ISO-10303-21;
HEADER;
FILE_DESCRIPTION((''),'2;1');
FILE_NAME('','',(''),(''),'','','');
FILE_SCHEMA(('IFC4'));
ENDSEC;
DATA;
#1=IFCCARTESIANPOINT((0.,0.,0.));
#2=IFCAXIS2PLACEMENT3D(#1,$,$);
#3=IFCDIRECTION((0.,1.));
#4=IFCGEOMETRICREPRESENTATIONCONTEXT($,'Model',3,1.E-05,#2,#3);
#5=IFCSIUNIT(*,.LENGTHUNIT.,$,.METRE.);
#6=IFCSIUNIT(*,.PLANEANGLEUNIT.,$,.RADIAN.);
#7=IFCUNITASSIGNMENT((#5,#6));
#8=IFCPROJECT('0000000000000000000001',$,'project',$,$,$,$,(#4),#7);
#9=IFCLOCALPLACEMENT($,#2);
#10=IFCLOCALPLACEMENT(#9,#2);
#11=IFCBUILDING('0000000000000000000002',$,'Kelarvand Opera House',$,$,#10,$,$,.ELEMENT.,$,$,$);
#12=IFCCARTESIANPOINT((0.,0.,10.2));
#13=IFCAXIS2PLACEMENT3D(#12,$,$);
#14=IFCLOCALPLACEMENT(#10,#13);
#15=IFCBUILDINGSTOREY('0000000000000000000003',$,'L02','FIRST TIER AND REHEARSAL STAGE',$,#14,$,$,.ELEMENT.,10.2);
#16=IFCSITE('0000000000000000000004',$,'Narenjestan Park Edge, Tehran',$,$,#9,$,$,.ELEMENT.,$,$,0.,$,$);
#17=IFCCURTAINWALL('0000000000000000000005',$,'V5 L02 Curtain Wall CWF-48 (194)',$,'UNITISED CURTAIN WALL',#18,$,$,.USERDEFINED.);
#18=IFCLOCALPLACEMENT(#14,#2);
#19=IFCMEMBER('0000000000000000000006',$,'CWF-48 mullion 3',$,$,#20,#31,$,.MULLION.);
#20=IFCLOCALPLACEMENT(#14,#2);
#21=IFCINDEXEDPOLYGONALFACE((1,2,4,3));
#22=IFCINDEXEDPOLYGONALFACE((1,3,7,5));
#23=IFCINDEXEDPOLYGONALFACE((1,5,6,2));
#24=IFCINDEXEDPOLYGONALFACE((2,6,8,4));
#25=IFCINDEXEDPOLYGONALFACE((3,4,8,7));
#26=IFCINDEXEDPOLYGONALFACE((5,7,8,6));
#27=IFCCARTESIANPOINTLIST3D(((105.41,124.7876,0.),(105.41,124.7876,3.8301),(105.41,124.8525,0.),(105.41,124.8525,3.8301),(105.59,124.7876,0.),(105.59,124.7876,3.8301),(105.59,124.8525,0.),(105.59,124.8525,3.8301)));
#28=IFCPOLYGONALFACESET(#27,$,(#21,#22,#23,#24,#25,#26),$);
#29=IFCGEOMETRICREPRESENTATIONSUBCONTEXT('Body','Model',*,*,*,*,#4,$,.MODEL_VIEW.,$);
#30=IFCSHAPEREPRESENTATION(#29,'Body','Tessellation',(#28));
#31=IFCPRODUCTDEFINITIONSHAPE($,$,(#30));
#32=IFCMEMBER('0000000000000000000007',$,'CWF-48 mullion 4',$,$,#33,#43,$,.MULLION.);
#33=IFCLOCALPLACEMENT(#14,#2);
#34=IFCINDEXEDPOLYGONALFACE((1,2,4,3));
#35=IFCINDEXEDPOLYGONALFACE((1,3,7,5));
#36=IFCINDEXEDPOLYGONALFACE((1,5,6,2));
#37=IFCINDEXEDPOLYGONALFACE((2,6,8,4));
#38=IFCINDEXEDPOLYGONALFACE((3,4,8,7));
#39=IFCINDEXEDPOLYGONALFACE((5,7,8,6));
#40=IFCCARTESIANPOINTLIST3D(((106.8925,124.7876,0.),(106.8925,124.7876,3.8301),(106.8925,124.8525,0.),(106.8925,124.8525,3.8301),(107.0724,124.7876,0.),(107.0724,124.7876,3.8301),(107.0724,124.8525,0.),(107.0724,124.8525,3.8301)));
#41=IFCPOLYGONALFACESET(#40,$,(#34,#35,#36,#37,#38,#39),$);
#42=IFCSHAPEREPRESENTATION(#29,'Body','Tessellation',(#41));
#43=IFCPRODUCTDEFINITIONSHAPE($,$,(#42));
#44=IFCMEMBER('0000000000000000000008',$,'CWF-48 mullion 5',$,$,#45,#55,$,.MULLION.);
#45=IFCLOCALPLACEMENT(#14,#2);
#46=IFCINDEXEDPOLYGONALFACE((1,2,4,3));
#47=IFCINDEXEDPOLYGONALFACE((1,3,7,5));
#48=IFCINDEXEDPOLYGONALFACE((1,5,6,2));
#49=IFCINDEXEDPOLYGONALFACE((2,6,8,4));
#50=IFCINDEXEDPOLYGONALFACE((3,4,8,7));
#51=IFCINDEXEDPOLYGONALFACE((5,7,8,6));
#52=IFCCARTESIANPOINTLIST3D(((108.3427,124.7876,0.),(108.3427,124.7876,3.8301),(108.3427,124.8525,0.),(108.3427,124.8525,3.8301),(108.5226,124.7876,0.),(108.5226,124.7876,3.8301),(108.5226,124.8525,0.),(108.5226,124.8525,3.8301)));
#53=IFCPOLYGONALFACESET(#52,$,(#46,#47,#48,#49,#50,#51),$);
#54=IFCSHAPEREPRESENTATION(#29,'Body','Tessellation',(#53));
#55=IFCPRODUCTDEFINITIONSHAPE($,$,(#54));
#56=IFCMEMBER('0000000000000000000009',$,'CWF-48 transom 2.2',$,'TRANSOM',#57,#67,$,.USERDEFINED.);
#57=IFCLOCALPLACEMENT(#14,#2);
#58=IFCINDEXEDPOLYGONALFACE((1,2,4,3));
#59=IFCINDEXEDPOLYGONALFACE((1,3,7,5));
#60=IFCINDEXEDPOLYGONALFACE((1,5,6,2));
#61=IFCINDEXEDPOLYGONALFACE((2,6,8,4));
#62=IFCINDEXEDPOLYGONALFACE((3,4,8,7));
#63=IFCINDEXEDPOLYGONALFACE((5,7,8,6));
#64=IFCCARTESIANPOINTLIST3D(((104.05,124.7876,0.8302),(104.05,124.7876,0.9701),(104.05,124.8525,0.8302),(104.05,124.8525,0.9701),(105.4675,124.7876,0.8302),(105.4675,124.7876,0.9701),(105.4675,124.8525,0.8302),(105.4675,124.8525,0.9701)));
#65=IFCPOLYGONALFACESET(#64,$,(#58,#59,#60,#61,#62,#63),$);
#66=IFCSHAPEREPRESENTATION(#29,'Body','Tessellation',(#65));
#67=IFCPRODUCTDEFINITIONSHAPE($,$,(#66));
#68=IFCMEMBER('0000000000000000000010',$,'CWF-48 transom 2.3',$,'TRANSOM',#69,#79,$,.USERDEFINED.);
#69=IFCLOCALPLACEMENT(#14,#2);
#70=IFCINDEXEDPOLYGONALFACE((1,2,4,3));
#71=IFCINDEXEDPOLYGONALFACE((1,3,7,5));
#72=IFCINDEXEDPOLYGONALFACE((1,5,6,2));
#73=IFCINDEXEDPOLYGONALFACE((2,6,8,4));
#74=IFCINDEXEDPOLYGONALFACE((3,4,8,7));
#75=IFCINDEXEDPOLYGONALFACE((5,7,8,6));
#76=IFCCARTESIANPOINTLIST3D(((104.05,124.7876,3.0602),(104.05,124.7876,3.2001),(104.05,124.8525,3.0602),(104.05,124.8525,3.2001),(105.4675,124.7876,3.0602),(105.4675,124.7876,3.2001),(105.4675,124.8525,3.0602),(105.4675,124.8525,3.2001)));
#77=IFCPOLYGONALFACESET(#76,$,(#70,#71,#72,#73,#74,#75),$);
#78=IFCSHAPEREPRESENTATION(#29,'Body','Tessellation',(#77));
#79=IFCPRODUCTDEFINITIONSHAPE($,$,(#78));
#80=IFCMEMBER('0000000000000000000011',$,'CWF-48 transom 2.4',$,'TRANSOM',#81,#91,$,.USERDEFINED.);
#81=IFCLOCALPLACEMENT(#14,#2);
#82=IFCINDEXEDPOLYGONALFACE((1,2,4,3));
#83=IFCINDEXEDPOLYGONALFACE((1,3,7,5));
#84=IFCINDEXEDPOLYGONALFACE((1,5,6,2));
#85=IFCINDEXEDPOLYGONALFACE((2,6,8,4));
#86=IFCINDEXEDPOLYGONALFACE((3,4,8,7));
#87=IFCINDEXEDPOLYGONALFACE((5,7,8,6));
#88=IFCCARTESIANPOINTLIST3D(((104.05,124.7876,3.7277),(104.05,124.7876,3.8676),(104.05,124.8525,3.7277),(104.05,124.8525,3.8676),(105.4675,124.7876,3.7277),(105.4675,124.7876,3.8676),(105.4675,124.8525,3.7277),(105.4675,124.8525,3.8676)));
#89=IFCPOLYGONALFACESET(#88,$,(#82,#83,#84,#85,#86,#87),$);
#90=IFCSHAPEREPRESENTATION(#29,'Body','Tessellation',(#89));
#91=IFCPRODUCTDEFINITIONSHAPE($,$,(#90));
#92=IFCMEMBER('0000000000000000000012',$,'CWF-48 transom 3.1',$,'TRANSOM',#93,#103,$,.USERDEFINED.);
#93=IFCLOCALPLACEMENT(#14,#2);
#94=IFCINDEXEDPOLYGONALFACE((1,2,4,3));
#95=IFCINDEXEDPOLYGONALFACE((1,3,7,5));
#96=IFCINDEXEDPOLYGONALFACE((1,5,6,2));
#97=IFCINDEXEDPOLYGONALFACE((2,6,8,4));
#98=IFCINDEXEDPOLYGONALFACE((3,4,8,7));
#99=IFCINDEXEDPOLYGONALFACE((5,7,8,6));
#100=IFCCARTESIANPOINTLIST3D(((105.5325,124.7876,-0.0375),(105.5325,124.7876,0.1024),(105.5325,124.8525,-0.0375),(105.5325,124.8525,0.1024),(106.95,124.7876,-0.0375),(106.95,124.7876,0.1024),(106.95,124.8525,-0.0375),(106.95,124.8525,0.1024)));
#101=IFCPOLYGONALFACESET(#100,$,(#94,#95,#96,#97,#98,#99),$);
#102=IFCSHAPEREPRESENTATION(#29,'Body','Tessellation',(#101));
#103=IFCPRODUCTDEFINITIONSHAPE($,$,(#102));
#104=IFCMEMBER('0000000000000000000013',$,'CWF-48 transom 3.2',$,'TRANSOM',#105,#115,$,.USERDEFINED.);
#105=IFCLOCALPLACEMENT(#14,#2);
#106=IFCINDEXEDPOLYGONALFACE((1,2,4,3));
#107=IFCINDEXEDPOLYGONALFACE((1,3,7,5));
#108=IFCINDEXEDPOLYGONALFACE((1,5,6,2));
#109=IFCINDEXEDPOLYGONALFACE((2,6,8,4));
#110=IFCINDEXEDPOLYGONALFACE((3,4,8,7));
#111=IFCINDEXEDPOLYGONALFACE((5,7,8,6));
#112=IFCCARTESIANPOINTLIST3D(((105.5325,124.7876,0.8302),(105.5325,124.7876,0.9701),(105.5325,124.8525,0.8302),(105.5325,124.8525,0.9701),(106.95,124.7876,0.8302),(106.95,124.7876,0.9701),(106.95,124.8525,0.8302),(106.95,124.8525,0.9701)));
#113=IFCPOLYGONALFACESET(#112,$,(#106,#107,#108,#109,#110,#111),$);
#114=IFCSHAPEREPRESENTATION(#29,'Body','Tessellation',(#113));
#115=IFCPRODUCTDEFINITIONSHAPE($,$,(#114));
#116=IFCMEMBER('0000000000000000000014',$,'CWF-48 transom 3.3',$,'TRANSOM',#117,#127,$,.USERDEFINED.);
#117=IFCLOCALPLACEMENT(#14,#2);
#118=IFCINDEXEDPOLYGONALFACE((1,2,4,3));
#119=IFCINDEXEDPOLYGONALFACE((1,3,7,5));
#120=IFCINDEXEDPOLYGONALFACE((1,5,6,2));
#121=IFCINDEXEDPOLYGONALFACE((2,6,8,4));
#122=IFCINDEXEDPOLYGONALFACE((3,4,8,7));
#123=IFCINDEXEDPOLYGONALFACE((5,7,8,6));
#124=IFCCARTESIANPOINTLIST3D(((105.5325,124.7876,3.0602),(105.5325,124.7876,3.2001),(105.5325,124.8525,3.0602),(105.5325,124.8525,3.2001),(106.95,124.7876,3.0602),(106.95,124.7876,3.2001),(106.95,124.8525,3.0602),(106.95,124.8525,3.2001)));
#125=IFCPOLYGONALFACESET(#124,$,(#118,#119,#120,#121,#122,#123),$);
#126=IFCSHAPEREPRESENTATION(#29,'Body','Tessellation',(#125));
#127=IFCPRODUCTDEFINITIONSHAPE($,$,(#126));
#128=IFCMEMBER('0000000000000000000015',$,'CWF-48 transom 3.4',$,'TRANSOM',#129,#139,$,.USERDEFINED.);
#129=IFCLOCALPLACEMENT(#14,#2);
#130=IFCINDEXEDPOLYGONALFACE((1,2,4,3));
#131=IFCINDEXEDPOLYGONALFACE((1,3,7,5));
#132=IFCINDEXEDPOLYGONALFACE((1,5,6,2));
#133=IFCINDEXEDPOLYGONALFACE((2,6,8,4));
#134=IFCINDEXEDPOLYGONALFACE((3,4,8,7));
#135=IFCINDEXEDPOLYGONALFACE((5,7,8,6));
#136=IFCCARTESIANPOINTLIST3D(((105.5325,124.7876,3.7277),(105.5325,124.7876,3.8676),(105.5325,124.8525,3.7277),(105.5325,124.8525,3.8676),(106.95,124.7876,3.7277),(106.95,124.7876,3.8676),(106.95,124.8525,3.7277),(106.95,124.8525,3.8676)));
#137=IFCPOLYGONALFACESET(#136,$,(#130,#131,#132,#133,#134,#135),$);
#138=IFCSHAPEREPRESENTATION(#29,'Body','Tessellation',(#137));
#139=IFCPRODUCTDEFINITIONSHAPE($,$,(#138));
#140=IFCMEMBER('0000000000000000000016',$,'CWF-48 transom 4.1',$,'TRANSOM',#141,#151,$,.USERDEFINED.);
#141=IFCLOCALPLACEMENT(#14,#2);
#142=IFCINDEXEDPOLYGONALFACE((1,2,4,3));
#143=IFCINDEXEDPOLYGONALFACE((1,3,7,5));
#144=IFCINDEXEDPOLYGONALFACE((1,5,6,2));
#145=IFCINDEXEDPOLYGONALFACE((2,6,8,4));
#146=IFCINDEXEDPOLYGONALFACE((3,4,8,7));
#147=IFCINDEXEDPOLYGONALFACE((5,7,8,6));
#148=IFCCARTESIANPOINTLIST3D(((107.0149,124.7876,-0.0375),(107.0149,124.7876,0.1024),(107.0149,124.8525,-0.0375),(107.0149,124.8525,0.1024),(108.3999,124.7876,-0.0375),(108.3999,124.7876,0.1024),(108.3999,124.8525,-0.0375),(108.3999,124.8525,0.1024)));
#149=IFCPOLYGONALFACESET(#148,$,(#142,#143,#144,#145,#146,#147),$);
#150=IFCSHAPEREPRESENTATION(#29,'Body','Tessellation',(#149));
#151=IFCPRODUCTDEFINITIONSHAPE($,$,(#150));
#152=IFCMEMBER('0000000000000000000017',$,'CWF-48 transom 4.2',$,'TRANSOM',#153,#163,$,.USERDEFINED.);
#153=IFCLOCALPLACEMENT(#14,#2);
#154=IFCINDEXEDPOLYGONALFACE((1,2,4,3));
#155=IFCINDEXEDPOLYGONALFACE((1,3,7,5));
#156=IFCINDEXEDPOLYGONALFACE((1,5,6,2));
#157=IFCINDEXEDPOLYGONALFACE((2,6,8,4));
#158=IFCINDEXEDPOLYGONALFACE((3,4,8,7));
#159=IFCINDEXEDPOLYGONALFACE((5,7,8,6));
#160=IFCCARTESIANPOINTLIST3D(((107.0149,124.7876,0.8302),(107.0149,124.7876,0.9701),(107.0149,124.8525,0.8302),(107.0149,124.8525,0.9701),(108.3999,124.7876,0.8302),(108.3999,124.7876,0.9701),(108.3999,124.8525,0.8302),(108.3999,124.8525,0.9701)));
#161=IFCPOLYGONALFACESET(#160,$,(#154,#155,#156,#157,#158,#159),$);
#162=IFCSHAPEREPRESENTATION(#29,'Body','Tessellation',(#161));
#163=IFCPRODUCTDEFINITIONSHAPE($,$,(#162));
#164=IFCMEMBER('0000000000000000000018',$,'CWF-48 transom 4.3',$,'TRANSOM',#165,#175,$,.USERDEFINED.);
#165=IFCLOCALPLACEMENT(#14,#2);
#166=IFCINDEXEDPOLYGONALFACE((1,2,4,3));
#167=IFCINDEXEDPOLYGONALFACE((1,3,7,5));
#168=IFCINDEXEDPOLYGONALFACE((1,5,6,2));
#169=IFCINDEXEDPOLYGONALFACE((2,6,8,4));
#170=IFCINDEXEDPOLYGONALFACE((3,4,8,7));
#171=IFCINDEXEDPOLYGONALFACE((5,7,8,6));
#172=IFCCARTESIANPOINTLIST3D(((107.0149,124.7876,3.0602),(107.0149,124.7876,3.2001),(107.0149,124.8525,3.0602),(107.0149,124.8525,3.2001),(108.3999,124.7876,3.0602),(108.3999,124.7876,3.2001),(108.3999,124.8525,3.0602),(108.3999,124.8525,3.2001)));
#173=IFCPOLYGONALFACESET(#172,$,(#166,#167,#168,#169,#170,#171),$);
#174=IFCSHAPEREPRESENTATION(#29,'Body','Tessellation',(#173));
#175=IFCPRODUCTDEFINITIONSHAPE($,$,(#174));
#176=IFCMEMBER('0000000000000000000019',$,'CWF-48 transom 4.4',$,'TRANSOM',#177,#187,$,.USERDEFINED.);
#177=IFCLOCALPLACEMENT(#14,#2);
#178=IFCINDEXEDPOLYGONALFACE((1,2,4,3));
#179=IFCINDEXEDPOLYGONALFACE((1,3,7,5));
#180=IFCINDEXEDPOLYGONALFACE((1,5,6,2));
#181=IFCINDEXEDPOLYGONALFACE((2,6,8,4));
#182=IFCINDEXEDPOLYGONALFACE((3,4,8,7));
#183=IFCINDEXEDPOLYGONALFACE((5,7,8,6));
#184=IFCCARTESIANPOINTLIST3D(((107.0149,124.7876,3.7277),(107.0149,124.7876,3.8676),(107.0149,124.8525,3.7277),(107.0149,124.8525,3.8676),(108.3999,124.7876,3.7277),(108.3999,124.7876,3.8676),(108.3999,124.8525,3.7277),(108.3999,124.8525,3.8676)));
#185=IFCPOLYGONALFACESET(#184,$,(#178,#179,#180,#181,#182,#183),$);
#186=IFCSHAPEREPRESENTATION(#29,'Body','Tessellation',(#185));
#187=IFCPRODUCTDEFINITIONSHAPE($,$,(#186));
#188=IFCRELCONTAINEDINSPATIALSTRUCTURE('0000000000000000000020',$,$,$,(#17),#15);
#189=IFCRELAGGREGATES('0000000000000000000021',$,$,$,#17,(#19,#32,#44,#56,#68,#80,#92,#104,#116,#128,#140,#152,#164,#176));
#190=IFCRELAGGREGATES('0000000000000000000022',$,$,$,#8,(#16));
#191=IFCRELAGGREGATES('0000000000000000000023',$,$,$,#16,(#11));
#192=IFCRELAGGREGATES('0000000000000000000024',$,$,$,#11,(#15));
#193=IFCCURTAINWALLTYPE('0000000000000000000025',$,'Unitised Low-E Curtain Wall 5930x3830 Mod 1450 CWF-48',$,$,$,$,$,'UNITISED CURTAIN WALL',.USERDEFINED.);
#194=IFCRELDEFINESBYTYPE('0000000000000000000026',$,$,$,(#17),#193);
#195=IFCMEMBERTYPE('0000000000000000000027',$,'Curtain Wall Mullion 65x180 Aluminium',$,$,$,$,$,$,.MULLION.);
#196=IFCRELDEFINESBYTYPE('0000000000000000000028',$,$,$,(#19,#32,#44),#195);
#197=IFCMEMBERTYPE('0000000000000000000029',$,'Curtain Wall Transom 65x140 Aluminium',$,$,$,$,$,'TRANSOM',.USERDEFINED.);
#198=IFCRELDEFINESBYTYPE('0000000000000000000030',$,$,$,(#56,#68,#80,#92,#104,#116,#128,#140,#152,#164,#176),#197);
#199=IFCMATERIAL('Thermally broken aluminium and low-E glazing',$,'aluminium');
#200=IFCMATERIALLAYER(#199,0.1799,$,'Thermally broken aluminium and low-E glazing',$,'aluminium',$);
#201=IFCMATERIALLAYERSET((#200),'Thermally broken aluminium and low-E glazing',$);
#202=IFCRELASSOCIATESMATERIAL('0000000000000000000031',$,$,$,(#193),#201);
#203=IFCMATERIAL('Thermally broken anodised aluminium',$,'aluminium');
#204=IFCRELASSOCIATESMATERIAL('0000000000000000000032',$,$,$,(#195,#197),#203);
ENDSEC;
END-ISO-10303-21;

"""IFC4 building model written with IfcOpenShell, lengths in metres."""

from ifc_helpers import new_model, si_unit, direction, frame, origin, origin_2d, place, context, subcontext, project, spatial, rectangle, extrude, material, layer, layer_set, material_profile, profile_set, type_object, element, aggregate, save


model = new_model("IFC4")

# Units and contexts
model_context = context("Model", 3, precision=1e-05, world=origin(), true_north=direction((0.0, 1.0)))
body_context = subcontext(model_context, "Body", "Model", "MODEL_VIEW")
ifc_project = project(units=[si_unit("LENGTHUNIT", "METRE"), si_unit("PLANEANGLEUNIT", "RADIAN")], contexts=[model_context])

# Site, building, storey
site_placement = place(None, origin())
site = spatial("IfcSite", under=ifc_project, at=site_placement, Name="Narenjestan Park Edge, Tehran", CompositionType="ELEMENT", RefElevation=0.0)
building_placement = place(site_placement, origin())
building = spatial("IfcBuilding", under=site, at=building_placement, Name="Kelarvand Opera House", CompositionType="ELEMENT")
storey_placement = place(building_placement, frame((0.0, 0.0, 10.2)))
storey = spatial("IfcBuildingStorey", under=building, at=storey_placement, Name="L02", Description="FIRST TIER AND REHEARSAL STAGE", CompositionType="ELEMENT", Elevation=10.2)

# Curtain wall, members
ifc_material_1 = material(Name="Thermally broken aluminium and low-E glazing", Category="aluminium")
ifc_layer_1 = layer(ifc_material_1, 0.1799, Name="Thermally broken aluminium and low-E glazing", Category="aluminium")
ifc_layer_set_1 = layer_set([ifc_layer_1], Name="Thermally broken aluminium and low-E glazing")
curtain_wall_type = type_object("IfcCurtainWallType", Name="Unitised Low-E Curtain Wall 5930x3830 Mod 1450 CWF-48", ElementType="UNITISED CURTAIN WALL", PredefinedType="USERDEFINED", material=ifc_layer_set_1)
curtain_wall_placement = place(storey_placement, origin())
curtain_wall = element("IfcCurtainWall", 1, at=curtain_wall_placement, inside=storey, type_object=curtain_wall_type, Name="V5 L02 Curtain Wall CWF-48 (194)", ObjectType="UNITISED CURTAIN WALL", PredefinedType="USERDEFINED")
ifc_material_2 = material(Name="Thermally broken anodised aluminium", Category="aluminium")
ifc_material_profile_1 = material_profile(ifc_material_2, rectangle(XDim=0.0649, YDim=0.1799, at=origin_2d()), Name="ALU MULLION 65x180", Category="aluminium")
ifc_profile_set_1 = profile_set([ifc_material_profile_1], Name="Thermally broken anodised aluminium")
member_type_1 = type_object("IfcMemberType", Name="Curtain Wall Mullion 65x180 Aluminium", PredefinedType="MULLION", material=ifc_profile_set_1)
member_1_placement = place(storey_placement, frame((105.5, 124.8201, 0.0), z_axis=(0.0, 0.0, 1.0), x_axis=(0.0, 1.0, 0.0)))
member_1 = element("IfcMember", 2, at=member_1_placement, type_object=member_type_1, Name="CWF-48 mullion 3", PredefinedType="MULLION", context=body_context, shape_type="SweptSolid", body=[
    extrude(rectangle(XDim=0.0649, YDim=0.1799, at=origin_2d()), origin(), (0.0, 0.0, 1.0), 3.8301),
])
member_2_placement = place(storey_placement, frame((106.9824, 124.8201, 0.0), z_axis=(0.0, 0.0, 1.0), x_axis=(0.0, 1.0, 0.0)))
member_2 = element("IfcMember", 3, at=member_2_placement, type_object=member_type_1, Name="CWF-48 mullion 4", PredefinedType="MULLION", context=body_context, shape_type="SweptSolid", body=[
    extrude(rectangle(XDim=0.0649, YDim=0.1799, at=origin_2d()), origin(), (0.0, 0.0, 1.0), 3.8301),
])
member_3_placement = place(storey_placement, frame((108.4326, 124.8201, 0.0), z_axis=(0.0, 0.0, 1.0), x_axis=(0.0, 1.0, 0.0)))
member_3 = element("IfcMember", 4, at=member_3_placement, type_object=member_type_1, Name="CWF-48 mullion 5", PredefinedType="MULLION", context=body_context, shape_type="SweptSolid", body=[
    extrude(rectangle(XDim=0.0649, YDim=0.1799, at=origin_2d()), origin(), (0.0, 0.0, 1.0), 3.8301),
])
ifc_material_profile_2 = material_profile(ifc_material_2, rectangle(XDim=0.0649, YDim=0.1399, at=origin_2d()), Name="ALU TRANSOM 65x140", Category="aluminium")
ifc_profile_set_2 = profile_set([ifc_material_profile_2], Name="Thermally broken anodised aluminium")
member_type_2 = type_object("IfcMemberType", Name="Curtain Wall Transom 65x140 Aluminium", ElementType="TRANSOM", PredefinedType="USERDEFINED", material=ifc_profile_set_2)
member_4_placement = place(storey_placement, frame((104.05, 124.8201, 0.9001), z_axis=(1.0, 0.0, 0.0), x_axis=(0.0, 1.0, 0.0)))
member_4 = element("IfcMember", 5, at=member_4_placement, type_object=member_type_2, Name="CWF-48 transom 2.2", ObjectType="TRANSOM", PredefinedType="USERDEFINED", context=body_context, shape_type="SweptSolid", body=[
    extrude(rectangle(XDim=0.0649, YDim=0.1399, at=origin_2d()), origin(), (0.0, 0.0, 1.0), 1.4175),
])
member_5_placement = place(storey_placement, frame((104.05, 124.8201, 3.1301), z_axis=(1.0, 0.0, 0.0), x_axis=(0.0, 1.0, 0.0)))
member_5 = element("IfcMember", 6, at=member_5_placement, type_object=member_type_2, Name="CWF-48 transom 2.3", ObjectType="TRANSOM", PredefinedType="USERDEFINED", context=body_context, shape_type="SweptSolid", body=[
    extrude(rectangle(XDim=0.0649, YDim=0.1399, at=origin_2d()), origin(), (0.0, 0.0, 1.0), 1.4175),
])
member_6_placement = place(storey_placement, frame((104.05, 124.8201, 3.7976), z_axis=(1.0, 0.0, 0.0), x_axis=(0.0, 1.0, 0.0)))
member_6 = element("IfcMember", 7, at=member_6_placement, type_object=member_type_2, Name="CWF-48 transom 2.4", ObjectType="TRANSOM", PredefinedType="USERDEFINED", context=body_context, shape_type="SweptSolid", body=[
    extrude(rectangle(XDim=0.0649, YDim=0.1399, at=origin_2d()), origin(), (0.0, 0.0, 1.0), 1.4175),
])
member_7_placement = place(storey_placement, frame((105.5325, 124.8201, 0.0325), z_axis=(1.0, 0.0, 0.0), x_axis=(0.0, 1.0, 0.0)))
member_7 = element("IfcMember", 8, at=member_7_placement, type_object=member_type_2, Name="CWF-48 transom 3.1", ObjectType="TRANSOM", PredefinedType="USERDEFINED", context=body_context, shape_type="SweptSolid", body=[
    extrude(rectangle(XDim=0.0649, YDim=0.1399, at=origin_2d()), origin(), (0.0, 0.0, 1.0), 1.4175),
])
member_8_placement = place(storey_placement, frame((105.5325, 124.8201, 0.9001), z_axis=(1.0, 0.0, 0.0), x_axis=(0.0, 1.0, 0.0)))
member_8 = element("IfcMember", 9, at=member_8_placement, type_object=member_type_2, Name="CWF-48 transom 3.2", ObjectType="TRANSOM", PredefinedType="USERDEFINED", context=body_context, shape_type="SweptSolid", body=[
    extrude(rectangle(XDim=0.0649, YDim=0.1399, at=origin_2d()), origin(), (0.0, 0.0, 1.0), 1.4175),
])
member_9_placement = place(storey_placement, frame((105.5325, 124.8201, 3.1301), z_axis=(1.0, 0.0, 0.0), x_axis=(0.0, 1.0, 0.0)))
member_9 = element("IfcMember", 10, at=member_9_placement, type_object=member_type_2, Name="CWF-48 transom 3.3", ObjectType="TRANSOM", PredefinedType="USERDEFINED", context=body_context, shape_type="SweptSolid", body=[
    extrude(rectangle(XDim=0.0649, YDim=0.1399, at=origin_2d()), origin(), (0.0, 0.0, 1.0), 1.4175),
])
member_10_placement = place(storey_placement, frame((105.5325, 124.8201, 3.7976), z_axis=(1.0, 0.0, 0.0), x_axis=(0.0, 1.0, 0.0)))
member_10 = element("IfcMember", 11, at=member_10_placement, type_object=member_type_2, Name="CWF-48 transom 3.4", ObjectType="TRANSOM", PredefinedType="USERDEFINED", context=body_context, shape_type="SweptSolid", body=[
    extrude(rectangle(XDim=0.0649, YDim=0.1399, at=origin_2d()), origin(), (0.0, 0.0, 1.0), 1.4175),
])
member_11_placement = place(storey_placement, frame((107.0149, 124.8201, 0.0325), z_axis=(1.0, 0.0, 0.0), x_axis=(0.0, 1.0, 0.0)))
member_11 = element("IfcMember", 12, at=member_11_placement, type_object=member_type_2, Name="CWF-48 transom 4.1", ObjectType="TRANSOM", PredefinedType="USERDEFINED", context=body_context, shape_type="SweptSolid", body=[
    extrude(rectangle(XDim=0.0649, YDim=0.1399, at=origin_2d()), origin(), (0.0, 0.0, 1.0), 1.385),
])
member_12_placement = place(storey_placement, frame((107.0149, 124.8201, 0.9001), z_axis=(1.0, 0.0, 0.0), x_axis=(0.0, 1.0, 0.0)))
member_12 = element("IfcMember", 13, at=member_12_placement, type_object=member_type_2, Name="CWF-48 transom 4.2", ObjectType="TRANSOM", PredefinedType="USERDEFINED", context=body_context, shape_type="SweptSolid", body=[
    extrude(rectangle(XDim=0.0649, YDim=0.1399, at=origin_2d()), origin(), (0.0, 0.0, 1.0), 1.385),
])
member_13_placement = place(storey_placement, frame((107.0149, 124.8201, 3.1301), z_axis=(1.0, 0.0, 0.0), x_axis=(0.0, 1.0, 0.0)))
member_13 = element("IfcMember", 14, at=member_13_placement, type_object=member_type_2, Name="CWF-48 transom 4.3", ObjectType="TRANSOM", PredefinedType="USERDEFINED", context=body_context, shape_type="SweptSolid", body=[
    extrude(rectangle(XDim=0.0649, YDim=0.1399, at=origin_2d()), origin(), (0.0, 0.0, 1.0), 1.385),
])
member_14_placement = place(storey_placement, frame((107.0149, 124.8201, 3.7976), z_axis=(1.0, 0.0, 0.0), x_axis=(0.0, 1.0, 0.0)))
member_14 = element("IfcMember", 15, at=member_14_placement, type_object=member_type_2, Name="CWF-48 transom 4.4", ObjectType="TRANSOM", PredefinedType="USERDEFINED", context=body_context, shape_type="SweptSolid", body=[
    extrude(rectangle(XDim=0.0649, YDim=0.1399, at=origin_2d()), origin(), (0.0, 0.0, 1.0), 1.385),
])
aggregate(curtain_wall, [member_1, member_2, member_3, member_4, member_5, member_6, member_7, member_8, member_9, member_10, member_11, member_12, member_13, member_14])

save(model, "model.ifc")
